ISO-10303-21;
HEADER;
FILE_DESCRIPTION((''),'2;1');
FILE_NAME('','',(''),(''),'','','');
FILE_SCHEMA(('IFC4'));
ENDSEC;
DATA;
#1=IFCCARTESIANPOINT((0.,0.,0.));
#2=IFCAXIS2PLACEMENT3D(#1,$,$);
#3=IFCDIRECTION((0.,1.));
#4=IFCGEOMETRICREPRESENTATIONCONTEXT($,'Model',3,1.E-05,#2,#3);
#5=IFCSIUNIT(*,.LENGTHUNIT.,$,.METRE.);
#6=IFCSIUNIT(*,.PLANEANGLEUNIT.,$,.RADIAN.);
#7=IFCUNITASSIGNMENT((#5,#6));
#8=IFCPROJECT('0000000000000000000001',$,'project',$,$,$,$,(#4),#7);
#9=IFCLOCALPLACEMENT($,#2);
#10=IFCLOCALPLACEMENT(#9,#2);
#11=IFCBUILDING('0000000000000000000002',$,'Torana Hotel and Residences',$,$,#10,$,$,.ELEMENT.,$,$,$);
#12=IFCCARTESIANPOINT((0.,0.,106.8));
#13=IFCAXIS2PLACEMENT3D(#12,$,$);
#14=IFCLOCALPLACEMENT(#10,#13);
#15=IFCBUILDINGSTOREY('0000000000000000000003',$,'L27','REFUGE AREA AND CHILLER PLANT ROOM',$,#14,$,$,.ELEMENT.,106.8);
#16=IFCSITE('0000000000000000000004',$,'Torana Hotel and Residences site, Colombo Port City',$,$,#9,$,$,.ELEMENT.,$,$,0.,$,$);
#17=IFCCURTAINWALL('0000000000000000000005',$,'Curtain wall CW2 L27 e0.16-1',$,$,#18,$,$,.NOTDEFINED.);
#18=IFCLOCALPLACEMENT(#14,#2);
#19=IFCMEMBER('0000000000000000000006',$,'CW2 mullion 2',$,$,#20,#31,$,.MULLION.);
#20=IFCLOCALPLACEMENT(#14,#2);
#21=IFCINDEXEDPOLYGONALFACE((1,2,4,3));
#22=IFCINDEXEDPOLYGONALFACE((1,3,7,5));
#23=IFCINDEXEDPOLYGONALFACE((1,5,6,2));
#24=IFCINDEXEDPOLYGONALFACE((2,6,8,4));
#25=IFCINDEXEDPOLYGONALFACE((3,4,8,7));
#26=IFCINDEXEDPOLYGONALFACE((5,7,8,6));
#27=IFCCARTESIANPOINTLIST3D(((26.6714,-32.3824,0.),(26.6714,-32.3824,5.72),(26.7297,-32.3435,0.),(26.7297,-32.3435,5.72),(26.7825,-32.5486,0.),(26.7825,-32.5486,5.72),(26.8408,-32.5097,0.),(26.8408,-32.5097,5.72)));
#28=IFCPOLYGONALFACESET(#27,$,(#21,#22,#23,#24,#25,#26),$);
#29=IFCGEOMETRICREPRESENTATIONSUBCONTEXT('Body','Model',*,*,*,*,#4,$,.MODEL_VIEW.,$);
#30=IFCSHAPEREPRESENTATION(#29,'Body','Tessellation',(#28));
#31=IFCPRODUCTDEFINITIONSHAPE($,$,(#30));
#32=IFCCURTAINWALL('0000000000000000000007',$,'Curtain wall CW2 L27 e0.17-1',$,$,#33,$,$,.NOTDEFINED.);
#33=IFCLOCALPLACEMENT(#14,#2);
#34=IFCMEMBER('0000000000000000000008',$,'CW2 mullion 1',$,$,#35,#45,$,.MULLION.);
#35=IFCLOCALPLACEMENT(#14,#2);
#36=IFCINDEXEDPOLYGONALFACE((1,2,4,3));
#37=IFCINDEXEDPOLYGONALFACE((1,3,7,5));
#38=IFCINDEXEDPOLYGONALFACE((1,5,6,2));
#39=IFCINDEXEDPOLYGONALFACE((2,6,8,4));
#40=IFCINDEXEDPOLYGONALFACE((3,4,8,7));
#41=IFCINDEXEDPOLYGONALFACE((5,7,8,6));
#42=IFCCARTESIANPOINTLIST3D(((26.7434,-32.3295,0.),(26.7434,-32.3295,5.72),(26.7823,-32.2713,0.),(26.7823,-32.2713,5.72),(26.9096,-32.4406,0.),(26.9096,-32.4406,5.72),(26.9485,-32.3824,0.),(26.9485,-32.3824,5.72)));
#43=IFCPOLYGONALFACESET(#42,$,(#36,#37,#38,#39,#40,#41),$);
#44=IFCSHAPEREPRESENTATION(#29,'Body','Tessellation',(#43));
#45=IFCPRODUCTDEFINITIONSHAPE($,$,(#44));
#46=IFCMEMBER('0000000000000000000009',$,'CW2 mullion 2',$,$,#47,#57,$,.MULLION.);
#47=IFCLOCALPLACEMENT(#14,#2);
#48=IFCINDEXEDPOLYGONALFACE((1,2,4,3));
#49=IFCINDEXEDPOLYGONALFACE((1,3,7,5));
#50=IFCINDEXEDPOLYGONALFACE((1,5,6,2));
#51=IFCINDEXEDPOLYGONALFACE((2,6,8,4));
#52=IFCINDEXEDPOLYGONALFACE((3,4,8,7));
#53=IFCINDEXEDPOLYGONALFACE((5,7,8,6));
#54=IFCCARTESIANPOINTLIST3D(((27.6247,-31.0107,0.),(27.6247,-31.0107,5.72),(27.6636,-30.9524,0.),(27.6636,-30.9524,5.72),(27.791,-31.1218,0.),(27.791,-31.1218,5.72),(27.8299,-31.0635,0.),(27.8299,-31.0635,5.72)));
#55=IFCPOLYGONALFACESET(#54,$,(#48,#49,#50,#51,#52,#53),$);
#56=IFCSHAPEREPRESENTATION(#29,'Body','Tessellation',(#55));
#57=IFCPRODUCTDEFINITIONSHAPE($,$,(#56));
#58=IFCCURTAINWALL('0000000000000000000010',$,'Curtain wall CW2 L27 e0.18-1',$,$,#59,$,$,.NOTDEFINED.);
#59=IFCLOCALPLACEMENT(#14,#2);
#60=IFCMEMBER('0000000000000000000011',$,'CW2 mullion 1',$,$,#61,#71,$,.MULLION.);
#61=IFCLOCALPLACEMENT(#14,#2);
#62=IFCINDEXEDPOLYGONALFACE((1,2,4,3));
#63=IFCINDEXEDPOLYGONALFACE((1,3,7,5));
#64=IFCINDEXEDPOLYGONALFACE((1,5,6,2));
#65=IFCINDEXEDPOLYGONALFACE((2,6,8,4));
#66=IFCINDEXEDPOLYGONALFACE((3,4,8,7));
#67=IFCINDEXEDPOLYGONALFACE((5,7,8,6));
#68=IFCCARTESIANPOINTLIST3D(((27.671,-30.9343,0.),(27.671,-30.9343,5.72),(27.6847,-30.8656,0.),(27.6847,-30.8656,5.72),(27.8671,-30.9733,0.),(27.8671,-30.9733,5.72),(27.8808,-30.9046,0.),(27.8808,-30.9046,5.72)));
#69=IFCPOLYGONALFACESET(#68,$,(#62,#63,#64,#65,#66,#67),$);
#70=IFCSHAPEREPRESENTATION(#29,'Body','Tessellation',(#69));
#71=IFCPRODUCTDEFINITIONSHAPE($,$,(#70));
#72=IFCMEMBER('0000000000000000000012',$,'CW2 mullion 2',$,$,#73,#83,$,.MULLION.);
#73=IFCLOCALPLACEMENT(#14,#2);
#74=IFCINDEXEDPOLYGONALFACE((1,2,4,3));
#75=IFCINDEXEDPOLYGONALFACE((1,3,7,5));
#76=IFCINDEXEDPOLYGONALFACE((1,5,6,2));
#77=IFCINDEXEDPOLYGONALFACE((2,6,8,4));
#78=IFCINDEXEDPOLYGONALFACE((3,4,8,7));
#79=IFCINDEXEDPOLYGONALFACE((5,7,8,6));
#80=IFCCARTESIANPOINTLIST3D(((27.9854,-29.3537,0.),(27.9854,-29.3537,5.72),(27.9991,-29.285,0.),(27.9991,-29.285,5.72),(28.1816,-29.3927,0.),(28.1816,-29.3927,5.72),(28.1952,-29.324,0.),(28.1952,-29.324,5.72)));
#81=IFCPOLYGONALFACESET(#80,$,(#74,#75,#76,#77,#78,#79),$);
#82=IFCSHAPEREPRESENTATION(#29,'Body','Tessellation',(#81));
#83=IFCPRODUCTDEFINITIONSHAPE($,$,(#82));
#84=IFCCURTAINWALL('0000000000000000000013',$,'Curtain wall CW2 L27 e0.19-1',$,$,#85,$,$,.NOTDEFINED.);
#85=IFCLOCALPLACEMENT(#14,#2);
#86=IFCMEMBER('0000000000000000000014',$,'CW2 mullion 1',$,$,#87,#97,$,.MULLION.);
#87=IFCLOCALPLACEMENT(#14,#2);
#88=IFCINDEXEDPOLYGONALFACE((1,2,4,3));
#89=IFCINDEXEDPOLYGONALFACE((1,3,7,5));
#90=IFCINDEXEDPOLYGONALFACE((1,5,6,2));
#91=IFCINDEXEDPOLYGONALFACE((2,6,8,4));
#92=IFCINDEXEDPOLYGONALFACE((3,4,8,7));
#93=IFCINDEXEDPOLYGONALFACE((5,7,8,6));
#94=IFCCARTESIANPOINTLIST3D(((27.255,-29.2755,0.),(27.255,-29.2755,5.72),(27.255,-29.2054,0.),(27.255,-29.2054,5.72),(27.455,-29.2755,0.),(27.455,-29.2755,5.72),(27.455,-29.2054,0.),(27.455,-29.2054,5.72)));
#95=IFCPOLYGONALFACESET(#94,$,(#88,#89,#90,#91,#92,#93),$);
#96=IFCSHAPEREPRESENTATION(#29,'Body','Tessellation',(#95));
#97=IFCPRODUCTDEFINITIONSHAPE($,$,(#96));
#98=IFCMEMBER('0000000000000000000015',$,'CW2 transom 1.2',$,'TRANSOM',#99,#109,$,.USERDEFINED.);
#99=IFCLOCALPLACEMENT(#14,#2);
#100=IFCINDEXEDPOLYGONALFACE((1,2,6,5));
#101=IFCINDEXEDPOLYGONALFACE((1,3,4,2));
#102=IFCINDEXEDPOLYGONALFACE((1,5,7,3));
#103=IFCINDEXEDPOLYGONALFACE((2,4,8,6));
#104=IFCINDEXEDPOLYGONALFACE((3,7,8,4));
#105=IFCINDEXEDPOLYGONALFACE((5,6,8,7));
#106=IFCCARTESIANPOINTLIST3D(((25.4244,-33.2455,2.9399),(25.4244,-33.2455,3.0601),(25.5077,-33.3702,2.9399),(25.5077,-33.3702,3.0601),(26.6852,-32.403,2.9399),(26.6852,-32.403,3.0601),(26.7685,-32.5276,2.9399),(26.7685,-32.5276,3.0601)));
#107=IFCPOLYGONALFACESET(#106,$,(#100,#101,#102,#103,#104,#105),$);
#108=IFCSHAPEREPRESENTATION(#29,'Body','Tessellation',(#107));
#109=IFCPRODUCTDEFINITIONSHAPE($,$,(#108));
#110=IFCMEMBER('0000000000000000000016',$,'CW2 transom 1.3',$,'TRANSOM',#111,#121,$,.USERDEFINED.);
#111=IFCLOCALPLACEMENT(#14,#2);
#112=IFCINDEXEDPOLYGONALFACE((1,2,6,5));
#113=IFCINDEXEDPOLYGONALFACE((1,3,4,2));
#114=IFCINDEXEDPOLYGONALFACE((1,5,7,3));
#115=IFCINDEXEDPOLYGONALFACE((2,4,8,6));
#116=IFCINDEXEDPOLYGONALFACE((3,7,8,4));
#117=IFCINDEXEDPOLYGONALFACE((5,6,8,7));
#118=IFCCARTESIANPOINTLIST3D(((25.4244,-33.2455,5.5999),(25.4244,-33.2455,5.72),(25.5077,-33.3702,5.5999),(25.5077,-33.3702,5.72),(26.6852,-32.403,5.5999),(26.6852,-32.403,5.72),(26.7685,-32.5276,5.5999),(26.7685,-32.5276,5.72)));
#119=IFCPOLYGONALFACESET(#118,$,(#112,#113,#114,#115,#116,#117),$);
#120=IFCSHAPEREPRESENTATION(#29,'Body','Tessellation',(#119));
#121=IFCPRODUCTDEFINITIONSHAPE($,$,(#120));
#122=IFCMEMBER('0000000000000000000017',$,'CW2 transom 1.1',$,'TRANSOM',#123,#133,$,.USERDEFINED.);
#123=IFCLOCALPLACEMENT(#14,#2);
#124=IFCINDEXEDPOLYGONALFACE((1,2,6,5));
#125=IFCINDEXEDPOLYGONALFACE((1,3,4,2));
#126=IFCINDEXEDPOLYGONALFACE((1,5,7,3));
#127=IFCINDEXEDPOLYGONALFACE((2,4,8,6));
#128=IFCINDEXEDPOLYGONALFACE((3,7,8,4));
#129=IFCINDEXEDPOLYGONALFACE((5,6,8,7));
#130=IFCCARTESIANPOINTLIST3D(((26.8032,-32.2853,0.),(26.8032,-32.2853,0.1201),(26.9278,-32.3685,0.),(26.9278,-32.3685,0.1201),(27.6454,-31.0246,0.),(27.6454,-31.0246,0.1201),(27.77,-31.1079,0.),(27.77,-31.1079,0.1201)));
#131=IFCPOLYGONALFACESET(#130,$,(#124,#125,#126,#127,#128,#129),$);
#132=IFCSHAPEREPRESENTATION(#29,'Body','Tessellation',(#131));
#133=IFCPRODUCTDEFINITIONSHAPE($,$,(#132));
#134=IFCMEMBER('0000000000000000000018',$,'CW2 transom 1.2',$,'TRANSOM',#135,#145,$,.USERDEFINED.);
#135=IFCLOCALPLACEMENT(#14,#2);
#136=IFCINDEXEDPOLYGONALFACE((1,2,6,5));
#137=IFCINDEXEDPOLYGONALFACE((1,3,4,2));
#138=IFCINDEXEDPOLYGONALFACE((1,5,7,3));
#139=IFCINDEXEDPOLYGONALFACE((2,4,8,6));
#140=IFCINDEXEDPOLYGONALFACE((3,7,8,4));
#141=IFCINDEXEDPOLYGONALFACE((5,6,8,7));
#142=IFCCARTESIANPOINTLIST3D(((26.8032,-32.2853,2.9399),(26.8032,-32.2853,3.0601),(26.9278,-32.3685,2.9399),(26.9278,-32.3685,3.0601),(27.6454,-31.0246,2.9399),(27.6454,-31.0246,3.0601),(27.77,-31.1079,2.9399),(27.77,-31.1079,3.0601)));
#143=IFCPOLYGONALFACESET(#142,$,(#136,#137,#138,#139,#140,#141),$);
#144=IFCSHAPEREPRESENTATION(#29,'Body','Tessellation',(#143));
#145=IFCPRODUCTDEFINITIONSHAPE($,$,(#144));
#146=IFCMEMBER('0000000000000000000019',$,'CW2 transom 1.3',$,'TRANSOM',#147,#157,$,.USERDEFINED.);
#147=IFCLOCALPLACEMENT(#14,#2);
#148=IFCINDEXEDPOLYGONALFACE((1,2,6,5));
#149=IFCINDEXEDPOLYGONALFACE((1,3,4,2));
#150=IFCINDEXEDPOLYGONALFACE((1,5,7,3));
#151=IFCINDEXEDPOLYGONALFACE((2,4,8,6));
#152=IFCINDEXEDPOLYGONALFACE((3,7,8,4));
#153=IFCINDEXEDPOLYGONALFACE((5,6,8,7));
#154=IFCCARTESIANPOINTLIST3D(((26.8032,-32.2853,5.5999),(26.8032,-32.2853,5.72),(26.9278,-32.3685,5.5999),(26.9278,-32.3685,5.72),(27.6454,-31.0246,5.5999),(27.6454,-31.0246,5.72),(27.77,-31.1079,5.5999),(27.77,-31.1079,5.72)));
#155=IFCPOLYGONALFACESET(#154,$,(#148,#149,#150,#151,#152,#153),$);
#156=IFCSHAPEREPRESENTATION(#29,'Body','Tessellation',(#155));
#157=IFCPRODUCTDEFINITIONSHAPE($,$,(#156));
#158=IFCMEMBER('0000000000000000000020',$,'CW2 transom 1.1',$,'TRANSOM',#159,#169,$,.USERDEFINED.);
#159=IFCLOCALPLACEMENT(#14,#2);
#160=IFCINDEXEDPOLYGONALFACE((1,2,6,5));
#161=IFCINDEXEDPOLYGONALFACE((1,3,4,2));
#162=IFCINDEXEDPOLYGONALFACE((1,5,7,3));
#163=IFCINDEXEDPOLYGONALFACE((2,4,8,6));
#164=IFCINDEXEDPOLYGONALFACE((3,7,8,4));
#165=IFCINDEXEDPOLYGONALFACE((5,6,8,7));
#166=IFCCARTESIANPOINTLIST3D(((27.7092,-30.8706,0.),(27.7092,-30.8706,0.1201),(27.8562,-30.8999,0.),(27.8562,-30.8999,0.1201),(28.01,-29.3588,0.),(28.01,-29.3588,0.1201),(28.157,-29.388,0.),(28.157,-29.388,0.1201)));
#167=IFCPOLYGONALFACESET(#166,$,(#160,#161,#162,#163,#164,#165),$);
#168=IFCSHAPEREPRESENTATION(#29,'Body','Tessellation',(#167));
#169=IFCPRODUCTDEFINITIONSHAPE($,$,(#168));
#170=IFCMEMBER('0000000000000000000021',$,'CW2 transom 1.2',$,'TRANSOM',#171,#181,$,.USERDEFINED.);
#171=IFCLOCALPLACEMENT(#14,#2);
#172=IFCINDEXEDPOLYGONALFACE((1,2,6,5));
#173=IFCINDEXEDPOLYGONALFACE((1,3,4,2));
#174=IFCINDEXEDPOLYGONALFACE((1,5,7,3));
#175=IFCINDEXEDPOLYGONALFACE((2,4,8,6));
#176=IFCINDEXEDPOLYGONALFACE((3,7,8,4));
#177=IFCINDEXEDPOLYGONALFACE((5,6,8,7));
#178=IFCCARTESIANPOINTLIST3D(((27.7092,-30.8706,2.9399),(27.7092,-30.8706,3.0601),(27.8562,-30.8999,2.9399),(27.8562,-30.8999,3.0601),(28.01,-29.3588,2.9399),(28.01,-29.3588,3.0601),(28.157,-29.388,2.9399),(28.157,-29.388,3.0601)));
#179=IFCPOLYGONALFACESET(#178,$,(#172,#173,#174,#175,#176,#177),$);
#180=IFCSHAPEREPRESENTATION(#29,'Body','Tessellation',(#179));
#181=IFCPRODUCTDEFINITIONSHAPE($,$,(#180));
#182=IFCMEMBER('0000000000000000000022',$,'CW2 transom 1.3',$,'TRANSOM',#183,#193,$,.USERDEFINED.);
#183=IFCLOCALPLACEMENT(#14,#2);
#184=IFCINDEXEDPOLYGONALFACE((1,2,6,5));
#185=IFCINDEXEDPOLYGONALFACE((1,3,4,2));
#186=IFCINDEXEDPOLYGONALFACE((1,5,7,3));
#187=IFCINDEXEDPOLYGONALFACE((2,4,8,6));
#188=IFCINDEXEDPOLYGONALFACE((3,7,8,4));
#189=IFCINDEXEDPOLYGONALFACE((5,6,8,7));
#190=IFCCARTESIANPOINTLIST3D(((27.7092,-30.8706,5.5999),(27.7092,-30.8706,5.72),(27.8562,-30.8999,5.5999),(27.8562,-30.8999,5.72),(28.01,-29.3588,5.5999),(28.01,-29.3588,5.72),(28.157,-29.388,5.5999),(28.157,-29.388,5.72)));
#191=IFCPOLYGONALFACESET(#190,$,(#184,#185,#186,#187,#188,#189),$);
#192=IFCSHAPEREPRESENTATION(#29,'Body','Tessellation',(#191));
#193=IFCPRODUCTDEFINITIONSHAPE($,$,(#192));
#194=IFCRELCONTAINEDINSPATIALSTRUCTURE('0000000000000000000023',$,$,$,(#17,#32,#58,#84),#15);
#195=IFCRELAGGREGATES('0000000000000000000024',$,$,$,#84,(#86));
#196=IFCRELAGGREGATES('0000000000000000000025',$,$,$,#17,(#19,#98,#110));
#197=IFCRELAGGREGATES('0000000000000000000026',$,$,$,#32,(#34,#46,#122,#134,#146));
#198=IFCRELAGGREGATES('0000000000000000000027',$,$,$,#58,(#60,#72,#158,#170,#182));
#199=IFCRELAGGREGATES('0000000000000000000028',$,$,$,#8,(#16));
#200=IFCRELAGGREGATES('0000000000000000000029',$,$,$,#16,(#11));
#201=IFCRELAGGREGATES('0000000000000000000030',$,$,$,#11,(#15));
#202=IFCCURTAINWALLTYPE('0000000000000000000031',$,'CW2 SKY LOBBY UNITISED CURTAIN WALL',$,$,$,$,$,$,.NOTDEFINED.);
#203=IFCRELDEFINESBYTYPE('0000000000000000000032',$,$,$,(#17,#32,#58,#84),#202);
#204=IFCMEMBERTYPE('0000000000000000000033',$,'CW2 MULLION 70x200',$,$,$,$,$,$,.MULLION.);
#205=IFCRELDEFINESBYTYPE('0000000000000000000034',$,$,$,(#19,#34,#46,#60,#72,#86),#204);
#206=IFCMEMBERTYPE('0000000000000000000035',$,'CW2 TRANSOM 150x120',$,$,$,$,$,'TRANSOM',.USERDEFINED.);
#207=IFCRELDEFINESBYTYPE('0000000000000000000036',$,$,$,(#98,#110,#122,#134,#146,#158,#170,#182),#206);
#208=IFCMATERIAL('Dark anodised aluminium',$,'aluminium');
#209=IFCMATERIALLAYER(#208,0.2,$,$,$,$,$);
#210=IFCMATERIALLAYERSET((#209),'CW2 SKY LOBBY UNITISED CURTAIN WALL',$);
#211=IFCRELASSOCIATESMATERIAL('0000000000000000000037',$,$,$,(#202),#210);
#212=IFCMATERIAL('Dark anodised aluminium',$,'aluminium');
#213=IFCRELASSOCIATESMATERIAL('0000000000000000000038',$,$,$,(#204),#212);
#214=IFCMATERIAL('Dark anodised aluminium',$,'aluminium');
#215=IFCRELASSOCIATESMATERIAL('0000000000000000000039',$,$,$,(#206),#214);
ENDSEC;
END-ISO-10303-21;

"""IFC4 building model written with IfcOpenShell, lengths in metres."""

from ifc_helpers import new_model, si_unit, direction, frame, origin, origin_2d, place, context, subcontext, project, spatial, rectangle, extrude, material, layer, layer_set, material_profile, profile_set, type_object, element, aggregate, save


model = new_model("IFC4")

# Units and contexts
model_context = context("Model", 3, precision=1e-05, world=origin(), true_north=direction((0.0, 1.0)))
body_context = subcontext(model_context, "Body", "Model", "MODEL_VIEW")
ifc_project = project(units=[si_unit("LENGTHUNIT", "METRE"), si_unit("PLANEANGLEUNIT", "RADIAN")], contexts=[model_context])

# Site, building, storey
site_placement = place(None, origin())
site = spatial("IfcSite", under=ifc_project, at=site_placement, Name="Torana Hotel and Residences site, Colombo Port City", CompositionType="ELEMENT", RefElevation=0.0)
building_placement = place(site_placement, origin())
building = spatial("IfcBuilding", under=site, at=building_placement, Name="Torana Hotel and Residences", CompositionType="ELEMENT")
storey_placement = place(building_placement, frame((0.0, 0.0, 106.8)))
storey = spatial("IfcBuildingStorey", under=building, at=storey_placement, Name="L27", Description="REFUGE AREA AND CHILLER PLANT ROOM", CompositionType="ELEMENT", Elevation=106.8)

# Curtain wall, member
ifc_material_1 = material(Name="Dark anodised aluminium", Category="aluminium")
ifc_layer_1 = layer(ifc_material_1, 0.2)
ifc_layer_set_1 = layer_set([ifc_layer_1], Name="CW2 SKY LOBBY UNITISED CURTAIN WALL")
curtain_wall_type = type_object("IfcCurtainWallType", Name="CW2 SKY LOBBY UNITISED CURTAIN WALL", PredefinedType="NOTDEFINED", material=ifc_layer_set_1)
curtain_wall_1_placement = place(storey_placement, origin())
curtain_wall_1 = element("IfcCurtainWall", 1, at=curtain_wall_1_placement, inside=storey, type_object=curtain_wall_type, Name="Curtain wall CW2 L27 e0.16-1", PredefinedType="NOTDEFINED")
ifc_material_2 = material(Name="Dark anodised aluminium", Category="aluminium")
ifc_material_profile_1 = material_profile(ifc_material_2, rectangle(XDim=0.2, YDim=0.0701, at=origin_2d()), Name="CW2 MULLION 70x200")
ifc_profile_set_1 = profile_set([ifc_material_profile_1], Name="Dark anodised aluminium")
member_type_1 = type_object("IfcMemberType", Name="CW2 MULLION 70x200", PredefinedType="MULLION", material=ifc_profile_set_1)
member_1_placement = place(storey_placement, frame((26.7561, -32.446, 0.0), z_axis=(0.0, 0.0, 1.0), x_axis=(-0.555564, 0.831474, 0.0)))
member_1 = element("IfcMember", 2, at=member_1_placement, type_object=member_type_1, Name="CW2 mullion 2", PredefinedType="MULLION", context=body_context, shape_type="SweptSolid", body=[
    extrude(rectangle(XDim=0.2, YDim=0.0701, at=origin_2d()), origin(), (0.0, 0.0, 1.0), 5.72),
])

# Curtain walls, members
curtain_wall_2_placement = place(storey_placement, origin())
curtain_wall_2 = element("IfcCurtainWall", 3, at=curtain_wall_2_placement, inside=storey, type_object=curtain_wall_type, Name="Curtain wall CW2 L27 e0.17-1", PredefinedType="NOTDEFINED")
member_2_placement = place(storey_placement, frame((26.8459, -32.356, 0.0), z_axis=(0.0, 0.0, 1.0), x_axis=(-0.831474, 0.555564, 0.0)))
member_2 = element("IfcMember", 4, at=member_2_placement, type_object=member_type_1, Name="CW2 mullion 1", PredefinedType="MULLION", context=body_context, shape_type="SweptSolid", body=[
    extrude(rectangle(XDim=0.2, YDim=0.0701, at=origin_2d()), origin(), (0.0, 0.0, 1.0), 5.72),
])
member_3_placement = place(storey_placement, frame((27.7273, -31.0371, 0.0), z_axis=(0.0, 0.0, 1.0), x_axis=(-0.831474, 0.555564, 0.0)))
member_3 = element("IfcMember", 5, at=member_3_placement, type_object=member_type_1, Name="CW2 mullion 2", PredefinedType="MULLION", context=body_context, shape_type="SweptSolid", body=[
    extrude(rectangle(XDim=0.2, YDim=0.0701, at=origin_2d()), origin(), (0.0, 0.0, 1.0), 5.72),
])
curtain_wall_3_placement = place(storey_placement, origin())
curtain_wall_3 = element("IfcCurtainWall", 6, at=curtain_wall_3_placement, inside=storey, type_object=curtain_wall_type, Name="Curtain wall CW2 L27 e0.18-1", PredefinedType="NOTDEFINED")
member_4_placement = place(storey_placement, frame((27.7759, -30.9194, 0.0), z_axis=(0.0, 0.0, 1.0), x_axis=(-0.980791, 0.195064, 0.0)))
member_4 = element("IfcMember", 7, at=member_4_placement, type_object=member_type_1, Name="CW2 mullion 1", PredefinedType="MULLION", context=body_context, shape_type="SweptSolid", body=[
    extrude(rectangle(XDim=0.2, YDim=0.0701, at=origin_2d()), origin(), (0.0, 0.0, 1.0), 5.72),
])
member_5_placement = place(storey_placement, frame((28.0903, -29.3389, 0.0), z_axis=(0.0, 0.0, 1.0), x_axis=(-0.980791, 0.195064, 0.0)))
member_5 = element("IfcMember", 8, at=member_5_placement, type_object=member_type_1, Name="CW2 mullion 2", PredefinedType="MULLION", context=body_context, shape_type="SweptSolid", body=[
    extrude(rectangle(XDim=0.2, YDim=0.0701, at=origin_2d()), origin(), (0.0, 0.0, 1.0), 5.72),
])

# Curtain wall, member
curtain_wall_4_placement = place(storey_placement, origin())
curtain_wall_4 = element("IfcCurtainWall", 9, at=curtain_wall_4_placement, inside=storey, type_object=curtain_wall_type, Name="Curtain wall CW2 L27 e0.19-1", PredefinedType="NOTDEFINED")
member_6_placement = place(storey_placement, frame((27.355, -29.2405, 0.0), z_axis=(0.0, 0.0, 1.0), x_axis=(-1.0, 0.0, 0.0)))
member_6 = element("IfcMember", 10, at=member_6_placement, type_object=member_type_1, Name="CW2 mullion 1", PredefinedType="MULLION", context=body_context, shape_type="SweptSolid", body=[
    extrude(rectangle(XDim=0.2, YDim=0.0701, at=origin_2d()), origin(), (0.0, 0.0, 1.0), 5.72),
])

# Members
ifc_material_3 = material(Name="Dark anodised aluminium", Category="aluminium")
ifc_material_profile_2 = material_profile(ifc_material_3, rectangle(XDim=0.1499, YDim=0.1201, at=origin_2d()), Name="CW2 TRANSOM 150x120")
ifc_profile_set_2 = profile_set([ifc_material_profile_2], Name="Dark anodised aluminium")
member_type_2 = type_object("IfcMemberType", Name="CW2 TRANSOM 150x120", ElementType="TRANSOM", PredefinedType="USERDEFINED", material=ifc_profile_set_2)
member_7_placement = place(storey_placement, frame((25.4661, -33.3079, 3.0), z_axis=(0.831431, 0.555629, 0.0), x_axis=(-0.555629, 0.831431, 0.0)))
member_7 = element("IfcMember", 11, at=member_7_placement, type_object=member_type_2, Name="CW2 transom 1.2", ObjectType="TRANSOM", PredefinedType="USERDEFINED", context=body_context, shape_type="SweptSolid", body=[
    extrude(rectangle(XDim=0.1499, YDim=0.1201, at=origin_2d()), origin(), (0.0, 0.0, 1.0), 1.5164),
])
member_8_placement = place(storey_placement, frame((25.4661, -33.3079, 5.6599), z_axis=(0.831431, 0.555629, 0.0), x_axis=(-0.555629, 0.831431, 0.0)))
member_8 = element("IfcMember", 12, at=member_8_placement, type_object=member_type_2, Name="CW2 transom 1.3", ObjectType="TRANSOM", PredefinedType="USERDEFINED", context=body_context, shape_type="SweptSolid", body=[
    extrude(rectangle(XDim=0.1499, YDim=0.1201, at=origin_2d()), origin(), (0.0, 0.0, 1.0), 1.5164),
])
member_9_placement = place(storey_placement, frame((26.8655, -32.3269, 0.0601), z_axis=(0.555517, 0.831505, 0.0), x_axis=(-0.831505, 0.555517, 0.0)))
member_9 = element("IfcMember", 13, at=member_9_placement, type_object=member_type_2, Name="CW2 transom 1.1", ObjectType="TRANSOM", PredefinedType="USERDEFINED", context=body_context, shape_type="SweptSolid", body=[
    extrude(rectangle(XDim=0.1499, YDim=0.1201, at=origin_2d()), origin(), (0.0, 0.0, 1.0), 1.5161),
])
member_10_placement = place(storey_placement, frame((26.8655, -32.3269, 3.0), z_axis=(0.555517, 0.831505, 0.0), x_axis=(-0.831505, 0.555517, 0.0)))
member_10 = element("IfcMember", 14, at=member_10_placement, type_object=member_type_2, Name="CW2 transom 1.2", ObjectType="TRANSOM", PredefinedType="USERDEFINED", context=body_context, shape_type="SweptSolid", body=[
    extrude(rectangle(XDim=0.1499, YDim=0.1201, at=origin_2d()), origin(), (0.0, 0.0, 1.0), 1.5161),
])
member_11_placement = place(storey_placement, frame((26.8655, -32.3269, 5.6599), z_axis=(0.555517, 0.831505, 0.0), x_axis=(-0.831505, 0.555517, 0.0)))
member_11 = element("IfcMember", 15, at=member_11_placement, type_object=member_type_2, Name="CW2 transom 1.3", ObjectType="TRANSOM", PredefinedType="USERDEFINED", context=body_context, shape_type="SweptSolid", body=[
    extrude(rectangle(XDim=0.1499, YDim=0.1201, at=origin_2d()), origin(), (0.0, 0.0, 1.0), 1.5161),
])
member_12_placement = place(storey_placement, frame((27.7827, -30.8853, 0.0601), z_axis=(0.195111, 0.980781, 0.0), x_axis=(-0.980781, 0.195111, 0.0)))
member_12 = element("IfcMember", 16, at=member_12_placement, type_object=member_type_2, Name="CW2 transom 1.1", ObjectType="TRANSOM", PredefinedType="USERDEFINED", context=body_context, shape_type="SweptSolid", body=[
    extrude(rectangle(XDim=0.1499, YDim=0.1201, at=origin_2d()), origin(), (0.0, 0.0, 1.0), 1.5415),
])
member_13_placement = place(storey_placement, frame((27.7827, -30.8853, 3.0), z_axis=(0.195111, 0.980781, 0.0), x_axis=(-0.980781, 0.195111, 0.0)))
member_13 = element("IfcMember", 17, at=member_13_placement, type_object=member_type_2, Name="CW2 transom 1.2", ObjectType="TRANSOM", PredefinedType="USERDEFINED", context=body_context, shape_type="SweptSolid", body=[
    extrude(rectangle(XDim=0.1499, YDim=0.1201, at=origin_2d()), origin(), (0.0, 0.0, 1.0), 1.5415),
])
member_14_placement = place(storey_placement, frame((27.7827, -30.8853, 5.6599), z_axis=(0.195111, 0.980781, 0.0), x_axis=(-0.980781, 0.195111, 0.0)))
member_14 = element("IfcMember", 18, at=member_14_placement, type_object=member_type_2, Name="CW2 transom 1.3", ObjectType="TRANSOM", PredefinedType="USERDEFINED", context=body_context, shape_type="SweptSolid", body=[
    extrude(rectangle(XDim=0.1499, YDim=0.1201, at=origin_2d()), origin(), (0.0, 0.0, 1.0), 1.5415),
])
aggregate(curtain_wall_4, [member_6])

aggregate(curtain_wall_1, [member_1, member_7, member_8])
aggregate(curtain_wall_2, [member_2, member_3, member_9, member_10, member_11])
aggregate(curtain_wall_3, [member_4, member_5, member_12, member_13, member_14])

save(model, "model.ifc")
